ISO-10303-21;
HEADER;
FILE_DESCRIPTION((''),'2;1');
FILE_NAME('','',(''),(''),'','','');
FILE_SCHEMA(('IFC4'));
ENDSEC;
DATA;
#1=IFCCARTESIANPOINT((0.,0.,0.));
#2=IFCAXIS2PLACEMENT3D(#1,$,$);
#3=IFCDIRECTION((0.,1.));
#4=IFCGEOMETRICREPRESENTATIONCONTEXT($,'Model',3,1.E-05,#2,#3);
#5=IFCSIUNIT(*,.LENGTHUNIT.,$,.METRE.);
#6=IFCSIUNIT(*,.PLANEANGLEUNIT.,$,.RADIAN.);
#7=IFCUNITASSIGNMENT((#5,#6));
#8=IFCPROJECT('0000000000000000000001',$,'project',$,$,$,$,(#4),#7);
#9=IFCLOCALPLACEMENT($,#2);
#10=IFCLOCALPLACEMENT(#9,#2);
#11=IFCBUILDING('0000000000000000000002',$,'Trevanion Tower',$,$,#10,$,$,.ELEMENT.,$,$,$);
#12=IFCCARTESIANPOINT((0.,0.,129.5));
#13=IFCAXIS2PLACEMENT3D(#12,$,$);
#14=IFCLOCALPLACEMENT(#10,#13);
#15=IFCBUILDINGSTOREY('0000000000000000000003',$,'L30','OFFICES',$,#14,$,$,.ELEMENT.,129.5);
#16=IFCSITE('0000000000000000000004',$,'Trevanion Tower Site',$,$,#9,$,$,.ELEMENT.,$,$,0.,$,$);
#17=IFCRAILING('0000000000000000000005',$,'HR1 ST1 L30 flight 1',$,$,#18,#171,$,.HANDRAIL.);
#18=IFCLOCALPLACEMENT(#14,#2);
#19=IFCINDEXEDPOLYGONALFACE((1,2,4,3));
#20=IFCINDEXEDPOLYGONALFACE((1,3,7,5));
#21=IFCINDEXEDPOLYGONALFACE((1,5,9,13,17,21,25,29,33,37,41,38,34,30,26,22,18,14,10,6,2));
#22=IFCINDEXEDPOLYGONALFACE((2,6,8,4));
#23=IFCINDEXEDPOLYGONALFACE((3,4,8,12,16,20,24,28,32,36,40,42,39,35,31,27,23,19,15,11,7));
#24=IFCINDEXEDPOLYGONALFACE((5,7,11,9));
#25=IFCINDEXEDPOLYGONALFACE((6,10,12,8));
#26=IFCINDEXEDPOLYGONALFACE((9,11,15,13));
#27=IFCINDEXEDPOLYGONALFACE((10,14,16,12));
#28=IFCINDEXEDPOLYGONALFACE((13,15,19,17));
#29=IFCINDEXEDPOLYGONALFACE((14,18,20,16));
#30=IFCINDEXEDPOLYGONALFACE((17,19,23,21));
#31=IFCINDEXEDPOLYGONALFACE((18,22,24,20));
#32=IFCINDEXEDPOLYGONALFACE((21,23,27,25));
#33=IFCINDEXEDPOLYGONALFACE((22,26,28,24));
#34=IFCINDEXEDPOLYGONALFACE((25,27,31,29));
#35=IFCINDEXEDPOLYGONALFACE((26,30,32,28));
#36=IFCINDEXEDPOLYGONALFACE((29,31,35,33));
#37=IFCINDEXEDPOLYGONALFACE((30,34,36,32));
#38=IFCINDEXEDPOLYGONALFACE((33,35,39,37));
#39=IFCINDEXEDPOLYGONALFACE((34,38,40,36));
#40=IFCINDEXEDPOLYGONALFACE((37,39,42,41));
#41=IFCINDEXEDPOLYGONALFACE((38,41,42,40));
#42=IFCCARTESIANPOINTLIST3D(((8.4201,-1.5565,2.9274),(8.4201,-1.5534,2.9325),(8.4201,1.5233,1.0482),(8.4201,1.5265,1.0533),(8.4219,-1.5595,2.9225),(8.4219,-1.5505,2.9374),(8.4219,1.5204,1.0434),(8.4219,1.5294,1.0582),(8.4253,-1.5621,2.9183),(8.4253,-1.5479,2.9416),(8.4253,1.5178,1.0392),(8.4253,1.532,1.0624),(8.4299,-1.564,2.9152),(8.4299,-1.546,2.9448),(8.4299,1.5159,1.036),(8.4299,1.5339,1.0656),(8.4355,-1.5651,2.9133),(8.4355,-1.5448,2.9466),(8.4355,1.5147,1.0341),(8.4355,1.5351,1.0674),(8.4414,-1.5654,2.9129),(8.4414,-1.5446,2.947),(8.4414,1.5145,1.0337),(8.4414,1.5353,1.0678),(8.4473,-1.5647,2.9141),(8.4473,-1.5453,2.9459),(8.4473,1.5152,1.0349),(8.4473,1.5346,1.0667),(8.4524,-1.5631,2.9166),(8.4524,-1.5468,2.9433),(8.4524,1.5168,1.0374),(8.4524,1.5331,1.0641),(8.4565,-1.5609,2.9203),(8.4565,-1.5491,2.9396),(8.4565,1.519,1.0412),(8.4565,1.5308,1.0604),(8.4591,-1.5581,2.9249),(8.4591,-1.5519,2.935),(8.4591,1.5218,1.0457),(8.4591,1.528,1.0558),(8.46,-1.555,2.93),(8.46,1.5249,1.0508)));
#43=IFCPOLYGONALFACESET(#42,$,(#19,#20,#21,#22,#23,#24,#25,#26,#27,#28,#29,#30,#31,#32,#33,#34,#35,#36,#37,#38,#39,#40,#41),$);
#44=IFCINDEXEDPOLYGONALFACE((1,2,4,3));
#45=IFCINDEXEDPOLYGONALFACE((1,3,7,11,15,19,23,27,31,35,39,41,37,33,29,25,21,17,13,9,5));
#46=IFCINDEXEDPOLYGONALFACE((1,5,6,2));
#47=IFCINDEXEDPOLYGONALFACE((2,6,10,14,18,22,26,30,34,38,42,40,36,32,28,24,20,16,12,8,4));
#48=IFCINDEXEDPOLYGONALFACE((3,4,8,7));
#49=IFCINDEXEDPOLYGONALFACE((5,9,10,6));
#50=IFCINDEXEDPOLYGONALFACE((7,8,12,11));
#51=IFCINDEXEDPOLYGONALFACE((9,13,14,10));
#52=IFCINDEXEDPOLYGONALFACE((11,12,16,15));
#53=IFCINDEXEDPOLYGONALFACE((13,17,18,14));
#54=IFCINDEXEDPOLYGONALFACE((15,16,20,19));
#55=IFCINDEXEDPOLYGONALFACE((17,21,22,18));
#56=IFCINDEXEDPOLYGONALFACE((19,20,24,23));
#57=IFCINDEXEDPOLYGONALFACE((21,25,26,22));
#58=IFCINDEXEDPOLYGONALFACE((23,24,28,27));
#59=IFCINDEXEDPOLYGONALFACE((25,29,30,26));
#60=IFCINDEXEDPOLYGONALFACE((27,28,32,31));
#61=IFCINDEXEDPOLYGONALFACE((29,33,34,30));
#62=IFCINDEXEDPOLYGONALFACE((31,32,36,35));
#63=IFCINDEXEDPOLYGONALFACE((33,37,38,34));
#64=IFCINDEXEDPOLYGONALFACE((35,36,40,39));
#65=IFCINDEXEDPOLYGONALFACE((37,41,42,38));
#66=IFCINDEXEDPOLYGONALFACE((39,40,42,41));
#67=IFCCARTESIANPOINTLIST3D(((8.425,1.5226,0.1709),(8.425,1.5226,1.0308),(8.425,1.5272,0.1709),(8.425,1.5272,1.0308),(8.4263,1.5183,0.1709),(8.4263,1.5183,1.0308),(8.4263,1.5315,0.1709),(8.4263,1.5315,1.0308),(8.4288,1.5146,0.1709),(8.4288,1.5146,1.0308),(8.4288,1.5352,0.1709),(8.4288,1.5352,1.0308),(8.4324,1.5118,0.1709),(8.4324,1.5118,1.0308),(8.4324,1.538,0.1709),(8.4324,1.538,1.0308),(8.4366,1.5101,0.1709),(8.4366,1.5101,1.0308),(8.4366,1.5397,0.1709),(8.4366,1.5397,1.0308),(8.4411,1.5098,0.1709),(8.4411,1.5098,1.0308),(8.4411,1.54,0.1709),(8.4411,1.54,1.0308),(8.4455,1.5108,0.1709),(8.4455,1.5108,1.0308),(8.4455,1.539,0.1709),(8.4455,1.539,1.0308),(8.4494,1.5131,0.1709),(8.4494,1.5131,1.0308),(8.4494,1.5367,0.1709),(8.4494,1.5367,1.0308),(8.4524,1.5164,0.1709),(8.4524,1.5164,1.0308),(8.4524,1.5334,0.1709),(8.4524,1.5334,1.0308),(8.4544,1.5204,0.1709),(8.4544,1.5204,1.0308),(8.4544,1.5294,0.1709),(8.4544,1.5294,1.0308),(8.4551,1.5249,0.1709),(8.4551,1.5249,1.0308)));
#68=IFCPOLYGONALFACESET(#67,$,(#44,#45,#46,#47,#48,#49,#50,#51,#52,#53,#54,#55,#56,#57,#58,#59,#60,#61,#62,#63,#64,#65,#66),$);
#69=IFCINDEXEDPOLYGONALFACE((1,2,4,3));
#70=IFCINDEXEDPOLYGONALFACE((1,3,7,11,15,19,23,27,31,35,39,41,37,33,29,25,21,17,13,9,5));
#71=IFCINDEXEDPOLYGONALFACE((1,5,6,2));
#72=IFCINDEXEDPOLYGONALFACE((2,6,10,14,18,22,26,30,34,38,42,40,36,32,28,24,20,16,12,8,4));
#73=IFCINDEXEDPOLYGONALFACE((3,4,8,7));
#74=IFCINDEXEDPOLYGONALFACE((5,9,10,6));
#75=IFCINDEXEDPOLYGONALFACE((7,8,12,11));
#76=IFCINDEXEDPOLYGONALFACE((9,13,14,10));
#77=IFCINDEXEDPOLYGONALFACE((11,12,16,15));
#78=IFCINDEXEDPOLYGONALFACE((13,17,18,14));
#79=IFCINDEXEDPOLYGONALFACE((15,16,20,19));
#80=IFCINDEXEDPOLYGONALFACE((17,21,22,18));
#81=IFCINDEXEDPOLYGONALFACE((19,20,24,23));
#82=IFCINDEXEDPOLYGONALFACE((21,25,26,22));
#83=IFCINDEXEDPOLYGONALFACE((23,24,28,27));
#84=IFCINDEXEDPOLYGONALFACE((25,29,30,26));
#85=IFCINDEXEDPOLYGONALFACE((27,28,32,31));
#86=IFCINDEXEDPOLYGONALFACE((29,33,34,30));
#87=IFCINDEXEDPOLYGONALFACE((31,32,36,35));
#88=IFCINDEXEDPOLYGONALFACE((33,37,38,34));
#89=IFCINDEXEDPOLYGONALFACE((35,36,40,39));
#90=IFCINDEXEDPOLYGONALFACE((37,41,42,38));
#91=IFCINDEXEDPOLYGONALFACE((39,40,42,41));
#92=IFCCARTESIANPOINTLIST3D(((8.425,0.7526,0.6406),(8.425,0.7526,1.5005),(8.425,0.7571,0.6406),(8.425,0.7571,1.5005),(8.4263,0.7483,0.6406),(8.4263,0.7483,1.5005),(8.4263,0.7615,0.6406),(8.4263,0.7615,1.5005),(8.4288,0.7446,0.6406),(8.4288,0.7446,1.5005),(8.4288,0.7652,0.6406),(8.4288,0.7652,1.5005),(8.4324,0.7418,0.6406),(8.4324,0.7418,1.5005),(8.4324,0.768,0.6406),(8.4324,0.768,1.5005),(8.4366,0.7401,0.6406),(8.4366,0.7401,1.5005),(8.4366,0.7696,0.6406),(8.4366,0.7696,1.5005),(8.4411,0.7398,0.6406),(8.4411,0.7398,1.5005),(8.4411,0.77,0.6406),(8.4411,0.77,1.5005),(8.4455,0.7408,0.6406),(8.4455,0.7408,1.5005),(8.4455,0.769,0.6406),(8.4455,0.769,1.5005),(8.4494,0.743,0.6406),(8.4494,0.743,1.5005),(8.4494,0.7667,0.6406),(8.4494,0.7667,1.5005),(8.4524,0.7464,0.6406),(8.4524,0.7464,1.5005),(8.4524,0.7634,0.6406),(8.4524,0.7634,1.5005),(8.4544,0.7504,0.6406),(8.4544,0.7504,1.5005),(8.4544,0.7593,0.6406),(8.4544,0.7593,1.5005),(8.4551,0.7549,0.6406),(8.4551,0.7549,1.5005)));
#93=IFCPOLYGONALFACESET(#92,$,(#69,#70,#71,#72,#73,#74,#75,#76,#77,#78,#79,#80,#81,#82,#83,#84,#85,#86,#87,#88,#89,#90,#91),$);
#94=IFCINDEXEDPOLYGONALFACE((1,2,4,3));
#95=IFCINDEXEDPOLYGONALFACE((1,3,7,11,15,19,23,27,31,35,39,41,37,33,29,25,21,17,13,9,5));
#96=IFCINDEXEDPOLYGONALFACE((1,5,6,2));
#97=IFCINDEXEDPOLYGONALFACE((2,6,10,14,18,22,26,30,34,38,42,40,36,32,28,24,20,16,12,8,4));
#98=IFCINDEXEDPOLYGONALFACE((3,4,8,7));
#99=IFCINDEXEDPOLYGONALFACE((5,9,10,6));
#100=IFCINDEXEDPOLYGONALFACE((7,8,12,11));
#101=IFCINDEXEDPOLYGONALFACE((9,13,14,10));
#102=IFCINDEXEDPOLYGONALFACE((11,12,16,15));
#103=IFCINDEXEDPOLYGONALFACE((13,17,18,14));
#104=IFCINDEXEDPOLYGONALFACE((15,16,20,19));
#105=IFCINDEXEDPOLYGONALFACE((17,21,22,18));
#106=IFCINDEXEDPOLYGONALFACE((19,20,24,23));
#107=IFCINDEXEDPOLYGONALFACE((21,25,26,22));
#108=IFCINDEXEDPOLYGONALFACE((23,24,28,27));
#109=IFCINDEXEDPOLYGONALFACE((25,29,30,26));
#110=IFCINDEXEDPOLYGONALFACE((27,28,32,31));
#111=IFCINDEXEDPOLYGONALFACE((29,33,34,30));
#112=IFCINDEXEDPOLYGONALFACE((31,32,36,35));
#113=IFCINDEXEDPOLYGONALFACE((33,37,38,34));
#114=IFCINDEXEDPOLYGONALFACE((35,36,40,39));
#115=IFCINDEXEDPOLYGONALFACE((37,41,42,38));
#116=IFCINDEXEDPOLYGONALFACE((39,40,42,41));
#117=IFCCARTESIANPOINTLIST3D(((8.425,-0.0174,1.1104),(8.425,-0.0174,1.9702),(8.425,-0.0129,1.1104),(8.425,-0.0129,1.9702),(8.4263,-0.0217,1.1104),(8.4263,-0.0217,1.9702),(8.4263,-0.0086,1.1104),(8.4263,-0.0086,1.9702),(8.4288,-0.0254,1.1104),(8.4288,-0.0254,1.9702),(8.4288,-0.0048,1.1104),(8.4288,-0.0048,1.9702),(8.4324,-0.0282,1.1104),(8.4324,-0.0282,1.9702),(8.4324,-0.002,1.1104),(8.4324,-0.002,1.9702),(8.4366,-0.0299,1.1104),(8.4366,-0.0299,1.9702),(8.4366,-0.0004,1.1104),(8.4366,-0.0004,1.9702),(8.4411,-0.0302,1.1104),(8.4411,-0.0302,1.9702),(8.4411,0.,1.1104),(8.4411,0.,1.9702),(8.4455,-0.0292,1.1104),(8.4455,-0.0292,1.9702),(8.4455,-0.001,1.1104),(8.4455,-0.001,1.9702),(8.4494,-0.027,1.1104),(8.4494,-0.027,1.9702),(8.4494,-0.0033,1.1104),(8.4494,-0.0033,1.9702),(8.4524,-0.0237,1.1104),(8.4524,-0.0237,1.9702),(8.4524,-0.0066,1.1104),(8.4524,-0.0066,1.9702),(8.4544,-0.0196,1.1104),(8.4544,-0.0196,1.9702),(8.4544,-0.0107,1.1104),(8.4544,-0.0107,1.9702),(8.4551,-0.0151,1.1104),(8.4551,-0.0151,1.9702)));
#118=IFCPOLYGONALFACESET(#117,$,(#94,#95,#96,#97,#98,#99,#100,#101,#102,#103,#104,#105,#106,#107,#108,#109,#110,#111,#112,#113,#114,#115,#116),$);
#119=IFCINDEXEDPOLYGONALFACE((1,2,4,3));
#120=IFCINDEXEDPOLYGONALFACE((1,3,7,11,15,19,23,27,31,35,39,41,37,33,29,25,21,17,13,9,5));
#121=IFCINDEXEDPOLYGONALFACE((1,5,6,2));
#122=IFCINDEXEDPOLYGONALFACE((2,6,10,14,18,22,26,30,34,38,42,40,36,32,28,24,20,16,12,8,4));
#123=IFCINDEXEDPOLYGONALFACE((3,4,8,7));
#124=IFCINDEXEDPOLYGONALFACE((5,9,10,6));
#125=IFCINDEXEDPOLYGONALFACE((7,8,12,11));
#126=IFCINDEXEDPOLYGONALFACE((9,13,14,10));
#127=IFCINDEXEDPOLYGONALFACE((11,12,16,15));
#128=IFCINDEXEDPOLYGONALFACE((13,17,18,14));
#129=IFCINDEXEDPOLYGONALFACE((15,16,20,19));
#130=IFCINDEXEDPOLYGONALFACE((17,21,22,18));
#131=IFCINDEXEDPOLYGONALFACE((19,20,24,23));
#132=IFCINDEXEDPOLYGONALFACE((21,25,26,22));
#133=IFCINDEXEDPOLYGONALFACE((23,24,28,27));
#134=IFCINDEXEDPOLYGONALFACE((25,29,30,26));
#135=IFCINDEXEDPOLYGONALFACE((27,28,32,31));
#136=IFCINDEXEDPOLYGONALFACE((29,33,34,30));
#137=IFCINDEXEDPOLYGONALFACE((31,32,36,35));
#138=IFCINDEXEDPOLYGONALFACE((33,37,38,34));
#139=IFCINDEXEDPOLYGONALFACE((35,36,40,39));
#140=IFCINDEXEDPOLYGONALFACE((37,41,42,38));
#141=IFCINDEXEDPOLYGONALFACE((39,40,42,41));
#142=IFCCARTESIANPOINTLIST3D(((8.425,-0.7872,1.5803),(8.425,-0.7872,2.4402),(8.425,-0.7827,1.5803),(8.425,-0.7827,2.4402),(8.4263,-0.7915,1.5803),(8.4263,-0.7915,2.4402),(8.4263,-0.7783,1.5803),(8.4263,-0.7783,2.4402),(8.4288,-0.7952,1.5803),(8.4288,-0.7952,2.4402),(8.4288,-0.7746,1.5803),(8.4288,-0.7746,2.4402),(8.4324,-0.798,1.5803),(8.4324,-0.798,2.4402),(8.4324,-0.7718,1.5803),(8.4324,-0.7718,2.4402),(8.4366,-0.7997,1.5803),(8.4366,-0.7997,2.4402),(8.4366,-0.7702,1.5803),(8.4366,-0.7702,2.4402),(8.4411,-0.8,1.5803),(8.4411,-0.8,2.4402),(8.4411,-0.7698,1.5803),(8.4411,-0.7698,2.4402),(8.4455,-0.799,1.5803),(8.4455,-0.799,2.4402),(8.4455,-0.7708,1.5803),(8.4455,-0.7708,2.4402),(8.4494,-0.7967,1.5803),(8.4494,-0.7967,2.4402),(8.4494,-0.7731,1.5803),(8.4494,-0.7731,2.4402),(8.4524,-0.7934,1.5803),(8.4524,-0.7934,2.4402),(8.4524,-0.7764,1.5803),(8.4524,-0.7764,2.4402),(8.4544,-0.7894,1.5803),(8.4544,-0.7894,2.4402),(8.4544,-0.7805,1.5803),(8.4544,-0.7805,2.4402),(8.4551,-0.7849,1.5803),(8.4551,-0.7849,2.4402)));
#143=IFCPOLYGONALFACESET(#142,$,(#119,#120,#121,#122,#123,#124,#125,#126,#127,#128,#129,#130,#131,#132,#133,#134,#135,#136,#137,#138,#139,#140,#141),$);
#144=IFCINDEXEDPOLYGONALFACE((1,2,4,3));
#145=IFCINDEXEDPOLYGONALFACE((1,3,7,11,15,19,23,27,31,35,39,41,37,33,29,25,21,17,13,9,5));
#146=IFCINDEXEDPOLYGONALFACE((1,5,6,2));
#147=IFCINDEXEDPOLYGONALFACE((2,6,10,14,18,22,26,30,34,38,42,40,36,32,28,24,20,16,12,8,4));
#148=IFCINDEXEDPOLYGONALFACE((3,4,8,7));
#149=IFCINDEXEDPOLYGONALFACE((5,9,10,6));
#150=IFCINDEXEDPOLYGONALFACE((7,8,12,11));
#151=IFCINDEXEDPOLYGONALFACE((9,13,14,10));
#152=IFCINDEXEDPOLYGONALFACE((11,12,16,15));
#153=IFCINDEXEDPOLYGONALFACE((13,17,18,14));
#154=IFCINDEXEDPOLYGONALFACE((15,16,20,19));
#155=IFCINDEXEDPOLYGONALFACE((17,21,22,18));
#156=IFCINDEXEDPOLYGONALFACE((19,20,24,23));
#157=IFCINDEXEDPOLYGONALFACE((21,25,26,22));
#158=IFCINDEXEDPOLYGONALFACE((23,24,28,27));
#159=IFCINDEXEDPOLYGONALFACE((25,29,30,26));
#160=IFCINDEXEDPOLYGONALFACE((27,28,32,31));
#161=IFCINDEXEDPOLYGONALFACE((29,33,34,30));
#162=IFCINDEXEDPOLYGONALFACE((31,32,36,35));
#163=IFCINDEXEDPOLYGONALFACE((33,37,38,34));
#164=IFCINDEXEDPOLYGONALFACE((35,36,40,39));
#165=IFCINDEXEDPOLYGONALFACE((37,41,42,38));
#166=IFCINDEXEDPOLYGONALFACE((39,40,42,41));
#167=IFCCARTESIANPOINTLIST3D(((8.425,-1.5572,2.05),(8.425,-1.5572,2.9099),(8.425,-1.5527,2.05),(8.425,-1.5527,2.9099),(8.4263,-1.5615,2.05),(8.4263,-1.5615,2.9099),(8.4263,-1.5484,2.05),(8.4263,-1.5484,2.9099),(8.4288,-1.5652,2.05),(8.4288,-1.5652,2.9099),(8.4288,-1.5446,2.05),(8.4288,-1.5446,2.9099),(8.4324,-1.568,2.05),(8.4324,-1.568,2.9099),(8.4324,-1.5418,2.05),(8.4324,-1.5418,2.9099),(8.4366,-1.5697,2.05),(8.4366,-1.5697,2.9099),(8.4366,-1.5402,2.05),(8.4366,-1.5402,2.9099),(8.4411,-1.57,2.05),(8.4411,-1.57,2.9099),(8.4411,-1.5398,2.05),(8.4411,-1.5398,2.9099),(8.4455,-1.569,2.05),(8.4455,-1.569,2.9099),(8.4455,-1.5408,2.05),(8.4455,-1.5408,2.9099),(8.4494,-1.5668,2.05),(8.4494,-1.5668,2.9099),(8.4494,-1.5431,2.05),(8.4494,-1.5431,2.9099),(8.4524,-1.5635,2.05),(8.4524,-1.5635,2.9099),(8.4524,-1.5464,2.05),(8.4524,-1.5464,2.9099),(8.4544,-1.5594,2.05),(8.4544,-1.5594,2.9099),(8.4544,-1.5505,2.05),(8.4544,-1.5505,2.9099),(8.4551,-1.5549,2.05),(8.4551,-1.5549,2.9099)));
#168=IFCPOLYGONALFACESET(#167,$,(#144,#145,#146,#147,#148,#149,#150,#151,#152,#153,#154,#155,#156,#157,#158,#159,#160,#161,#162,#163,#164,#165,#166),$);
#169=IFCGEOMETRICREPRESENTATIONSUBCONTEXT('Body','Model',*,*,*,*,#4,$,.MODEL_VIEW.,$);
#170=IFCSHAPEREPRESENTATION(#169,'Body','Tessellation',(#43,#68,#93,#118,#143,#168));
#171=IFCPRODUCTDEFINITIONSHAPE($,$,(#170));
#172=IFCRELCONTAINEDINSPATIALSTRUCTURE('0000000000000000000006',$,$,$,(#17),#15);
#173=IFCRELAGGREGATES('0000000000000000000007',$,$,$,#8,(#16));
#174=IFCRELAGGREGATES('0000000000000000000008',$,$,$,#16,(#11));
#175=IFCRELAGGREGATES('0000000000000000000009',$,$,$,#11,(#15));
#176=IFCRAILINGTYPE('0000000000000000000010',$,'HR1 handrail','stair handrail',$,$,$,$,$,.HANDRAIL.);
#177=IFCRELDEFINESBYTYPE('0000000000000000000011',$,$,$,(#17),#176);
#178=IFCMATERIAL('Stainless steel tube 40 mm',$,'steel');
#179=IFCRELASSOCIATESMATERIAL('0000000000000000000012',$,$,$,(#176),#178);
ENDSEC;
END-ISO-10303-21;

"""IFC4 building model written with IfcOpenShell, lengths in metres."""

from ifc_helpers import new_model, si_unit, direction, frame, origin, origin_2d, place, context, subcontext, project, spatial, circle, extrude, material, type_object, element, save


model = new_model("IFC4")

# Units and contexts
model_context = context("Model", 3, precision=1e-05, world=origin(), true_north=direction((0.0, 1.0)))
body_context = subcontext(model_context, "Body", "Model", "MODEL_VIEW")
ifc_project = project(units=[si_unit("LENGTHUNIT", "METRE"), si_unit("PLANEANGLEUNIT", "RADIAN")], contexts=[model_context])

# Site, building, storey
site_placement = place(None, origin())
site = spatial("IfcSite", under=ifc_project, at=site_placement, Name="Trevanion Tower Site", CompositionType="ELEMENT", RefElevation=0.0)
building_placement = place(site_placement, origin())
building = spatial("IfcBuilding", under=site, at=building_placement, Name="Trevanion Tower", CompositionType="ELEMENT")
storey_placement = place(building_placement, frame((0.0, 0.0, 129.5)))
storey = spatial("IfcBuildingStorey", under=building, at=storey_placement, Name="L30", Description="OFFICES", CompositionType="ELEMENT", Elevation=129.5)

# Railing
ifc_material_1 = material(Name="Stainless steel tube 40 mm", Category="steel")
railing_type = type_object("IfcRailingType", Name="HR1 handrail", Description="stair handrail", PredefinedType="HANDRAIL", material=ifc_material_1)
for number, where, name in (
    (1, (8.4399, 1.5249, 0.1709), "HR1 ST1 L30 flight 1"),
):
    element("IfcRailing", number, at=place(storey_placement, frame(where)), inside=storey, type_object=railing_type, Name=name, PredefinedType="HANDRAIL", context=body_context, shape_type="SweptSolid", body=[
        extrude(circle(Radius=0.02, at=origin_2d()), frame((0.0, 0.0, 0.8799), z_axis=(0.0, -0.853648, 0.52085), x_axis=(1.0, 0.0, 0.0)), (0.0, 0.0, 1.0), 3.6079),
        extrude(circle(Radius=0.0151, at=origin_2d()), origin(), (0.0, 0.0, 1.0), 0.8599),
        extrude(circle(Radius=0.0151, at=origin_2d()), frame((0.0, -0.77, 0.4697)), (0.0, 0.0, 1.0), 0.8599),
        extrude(circle(Radius=0.0151, at=origin_2d()), frame((0.0, -1.54, 0.9395)), (0.0, 0.0, 1.0), 0.8599),
        extrude(circle(Radius=0.0151, at=origin_2d()), frame((0.0, -2.3098, 1.4094)), (0.0, 0.0, 1.0), 0.8599),
        extrude(circle(Radius=0.0151, at=origin_2d()), frame((0.0, -3.0798, 1.8792)), (0.0, 0.0, 1.0), 0.8599),
    ])

save(model, "model.ifc")
